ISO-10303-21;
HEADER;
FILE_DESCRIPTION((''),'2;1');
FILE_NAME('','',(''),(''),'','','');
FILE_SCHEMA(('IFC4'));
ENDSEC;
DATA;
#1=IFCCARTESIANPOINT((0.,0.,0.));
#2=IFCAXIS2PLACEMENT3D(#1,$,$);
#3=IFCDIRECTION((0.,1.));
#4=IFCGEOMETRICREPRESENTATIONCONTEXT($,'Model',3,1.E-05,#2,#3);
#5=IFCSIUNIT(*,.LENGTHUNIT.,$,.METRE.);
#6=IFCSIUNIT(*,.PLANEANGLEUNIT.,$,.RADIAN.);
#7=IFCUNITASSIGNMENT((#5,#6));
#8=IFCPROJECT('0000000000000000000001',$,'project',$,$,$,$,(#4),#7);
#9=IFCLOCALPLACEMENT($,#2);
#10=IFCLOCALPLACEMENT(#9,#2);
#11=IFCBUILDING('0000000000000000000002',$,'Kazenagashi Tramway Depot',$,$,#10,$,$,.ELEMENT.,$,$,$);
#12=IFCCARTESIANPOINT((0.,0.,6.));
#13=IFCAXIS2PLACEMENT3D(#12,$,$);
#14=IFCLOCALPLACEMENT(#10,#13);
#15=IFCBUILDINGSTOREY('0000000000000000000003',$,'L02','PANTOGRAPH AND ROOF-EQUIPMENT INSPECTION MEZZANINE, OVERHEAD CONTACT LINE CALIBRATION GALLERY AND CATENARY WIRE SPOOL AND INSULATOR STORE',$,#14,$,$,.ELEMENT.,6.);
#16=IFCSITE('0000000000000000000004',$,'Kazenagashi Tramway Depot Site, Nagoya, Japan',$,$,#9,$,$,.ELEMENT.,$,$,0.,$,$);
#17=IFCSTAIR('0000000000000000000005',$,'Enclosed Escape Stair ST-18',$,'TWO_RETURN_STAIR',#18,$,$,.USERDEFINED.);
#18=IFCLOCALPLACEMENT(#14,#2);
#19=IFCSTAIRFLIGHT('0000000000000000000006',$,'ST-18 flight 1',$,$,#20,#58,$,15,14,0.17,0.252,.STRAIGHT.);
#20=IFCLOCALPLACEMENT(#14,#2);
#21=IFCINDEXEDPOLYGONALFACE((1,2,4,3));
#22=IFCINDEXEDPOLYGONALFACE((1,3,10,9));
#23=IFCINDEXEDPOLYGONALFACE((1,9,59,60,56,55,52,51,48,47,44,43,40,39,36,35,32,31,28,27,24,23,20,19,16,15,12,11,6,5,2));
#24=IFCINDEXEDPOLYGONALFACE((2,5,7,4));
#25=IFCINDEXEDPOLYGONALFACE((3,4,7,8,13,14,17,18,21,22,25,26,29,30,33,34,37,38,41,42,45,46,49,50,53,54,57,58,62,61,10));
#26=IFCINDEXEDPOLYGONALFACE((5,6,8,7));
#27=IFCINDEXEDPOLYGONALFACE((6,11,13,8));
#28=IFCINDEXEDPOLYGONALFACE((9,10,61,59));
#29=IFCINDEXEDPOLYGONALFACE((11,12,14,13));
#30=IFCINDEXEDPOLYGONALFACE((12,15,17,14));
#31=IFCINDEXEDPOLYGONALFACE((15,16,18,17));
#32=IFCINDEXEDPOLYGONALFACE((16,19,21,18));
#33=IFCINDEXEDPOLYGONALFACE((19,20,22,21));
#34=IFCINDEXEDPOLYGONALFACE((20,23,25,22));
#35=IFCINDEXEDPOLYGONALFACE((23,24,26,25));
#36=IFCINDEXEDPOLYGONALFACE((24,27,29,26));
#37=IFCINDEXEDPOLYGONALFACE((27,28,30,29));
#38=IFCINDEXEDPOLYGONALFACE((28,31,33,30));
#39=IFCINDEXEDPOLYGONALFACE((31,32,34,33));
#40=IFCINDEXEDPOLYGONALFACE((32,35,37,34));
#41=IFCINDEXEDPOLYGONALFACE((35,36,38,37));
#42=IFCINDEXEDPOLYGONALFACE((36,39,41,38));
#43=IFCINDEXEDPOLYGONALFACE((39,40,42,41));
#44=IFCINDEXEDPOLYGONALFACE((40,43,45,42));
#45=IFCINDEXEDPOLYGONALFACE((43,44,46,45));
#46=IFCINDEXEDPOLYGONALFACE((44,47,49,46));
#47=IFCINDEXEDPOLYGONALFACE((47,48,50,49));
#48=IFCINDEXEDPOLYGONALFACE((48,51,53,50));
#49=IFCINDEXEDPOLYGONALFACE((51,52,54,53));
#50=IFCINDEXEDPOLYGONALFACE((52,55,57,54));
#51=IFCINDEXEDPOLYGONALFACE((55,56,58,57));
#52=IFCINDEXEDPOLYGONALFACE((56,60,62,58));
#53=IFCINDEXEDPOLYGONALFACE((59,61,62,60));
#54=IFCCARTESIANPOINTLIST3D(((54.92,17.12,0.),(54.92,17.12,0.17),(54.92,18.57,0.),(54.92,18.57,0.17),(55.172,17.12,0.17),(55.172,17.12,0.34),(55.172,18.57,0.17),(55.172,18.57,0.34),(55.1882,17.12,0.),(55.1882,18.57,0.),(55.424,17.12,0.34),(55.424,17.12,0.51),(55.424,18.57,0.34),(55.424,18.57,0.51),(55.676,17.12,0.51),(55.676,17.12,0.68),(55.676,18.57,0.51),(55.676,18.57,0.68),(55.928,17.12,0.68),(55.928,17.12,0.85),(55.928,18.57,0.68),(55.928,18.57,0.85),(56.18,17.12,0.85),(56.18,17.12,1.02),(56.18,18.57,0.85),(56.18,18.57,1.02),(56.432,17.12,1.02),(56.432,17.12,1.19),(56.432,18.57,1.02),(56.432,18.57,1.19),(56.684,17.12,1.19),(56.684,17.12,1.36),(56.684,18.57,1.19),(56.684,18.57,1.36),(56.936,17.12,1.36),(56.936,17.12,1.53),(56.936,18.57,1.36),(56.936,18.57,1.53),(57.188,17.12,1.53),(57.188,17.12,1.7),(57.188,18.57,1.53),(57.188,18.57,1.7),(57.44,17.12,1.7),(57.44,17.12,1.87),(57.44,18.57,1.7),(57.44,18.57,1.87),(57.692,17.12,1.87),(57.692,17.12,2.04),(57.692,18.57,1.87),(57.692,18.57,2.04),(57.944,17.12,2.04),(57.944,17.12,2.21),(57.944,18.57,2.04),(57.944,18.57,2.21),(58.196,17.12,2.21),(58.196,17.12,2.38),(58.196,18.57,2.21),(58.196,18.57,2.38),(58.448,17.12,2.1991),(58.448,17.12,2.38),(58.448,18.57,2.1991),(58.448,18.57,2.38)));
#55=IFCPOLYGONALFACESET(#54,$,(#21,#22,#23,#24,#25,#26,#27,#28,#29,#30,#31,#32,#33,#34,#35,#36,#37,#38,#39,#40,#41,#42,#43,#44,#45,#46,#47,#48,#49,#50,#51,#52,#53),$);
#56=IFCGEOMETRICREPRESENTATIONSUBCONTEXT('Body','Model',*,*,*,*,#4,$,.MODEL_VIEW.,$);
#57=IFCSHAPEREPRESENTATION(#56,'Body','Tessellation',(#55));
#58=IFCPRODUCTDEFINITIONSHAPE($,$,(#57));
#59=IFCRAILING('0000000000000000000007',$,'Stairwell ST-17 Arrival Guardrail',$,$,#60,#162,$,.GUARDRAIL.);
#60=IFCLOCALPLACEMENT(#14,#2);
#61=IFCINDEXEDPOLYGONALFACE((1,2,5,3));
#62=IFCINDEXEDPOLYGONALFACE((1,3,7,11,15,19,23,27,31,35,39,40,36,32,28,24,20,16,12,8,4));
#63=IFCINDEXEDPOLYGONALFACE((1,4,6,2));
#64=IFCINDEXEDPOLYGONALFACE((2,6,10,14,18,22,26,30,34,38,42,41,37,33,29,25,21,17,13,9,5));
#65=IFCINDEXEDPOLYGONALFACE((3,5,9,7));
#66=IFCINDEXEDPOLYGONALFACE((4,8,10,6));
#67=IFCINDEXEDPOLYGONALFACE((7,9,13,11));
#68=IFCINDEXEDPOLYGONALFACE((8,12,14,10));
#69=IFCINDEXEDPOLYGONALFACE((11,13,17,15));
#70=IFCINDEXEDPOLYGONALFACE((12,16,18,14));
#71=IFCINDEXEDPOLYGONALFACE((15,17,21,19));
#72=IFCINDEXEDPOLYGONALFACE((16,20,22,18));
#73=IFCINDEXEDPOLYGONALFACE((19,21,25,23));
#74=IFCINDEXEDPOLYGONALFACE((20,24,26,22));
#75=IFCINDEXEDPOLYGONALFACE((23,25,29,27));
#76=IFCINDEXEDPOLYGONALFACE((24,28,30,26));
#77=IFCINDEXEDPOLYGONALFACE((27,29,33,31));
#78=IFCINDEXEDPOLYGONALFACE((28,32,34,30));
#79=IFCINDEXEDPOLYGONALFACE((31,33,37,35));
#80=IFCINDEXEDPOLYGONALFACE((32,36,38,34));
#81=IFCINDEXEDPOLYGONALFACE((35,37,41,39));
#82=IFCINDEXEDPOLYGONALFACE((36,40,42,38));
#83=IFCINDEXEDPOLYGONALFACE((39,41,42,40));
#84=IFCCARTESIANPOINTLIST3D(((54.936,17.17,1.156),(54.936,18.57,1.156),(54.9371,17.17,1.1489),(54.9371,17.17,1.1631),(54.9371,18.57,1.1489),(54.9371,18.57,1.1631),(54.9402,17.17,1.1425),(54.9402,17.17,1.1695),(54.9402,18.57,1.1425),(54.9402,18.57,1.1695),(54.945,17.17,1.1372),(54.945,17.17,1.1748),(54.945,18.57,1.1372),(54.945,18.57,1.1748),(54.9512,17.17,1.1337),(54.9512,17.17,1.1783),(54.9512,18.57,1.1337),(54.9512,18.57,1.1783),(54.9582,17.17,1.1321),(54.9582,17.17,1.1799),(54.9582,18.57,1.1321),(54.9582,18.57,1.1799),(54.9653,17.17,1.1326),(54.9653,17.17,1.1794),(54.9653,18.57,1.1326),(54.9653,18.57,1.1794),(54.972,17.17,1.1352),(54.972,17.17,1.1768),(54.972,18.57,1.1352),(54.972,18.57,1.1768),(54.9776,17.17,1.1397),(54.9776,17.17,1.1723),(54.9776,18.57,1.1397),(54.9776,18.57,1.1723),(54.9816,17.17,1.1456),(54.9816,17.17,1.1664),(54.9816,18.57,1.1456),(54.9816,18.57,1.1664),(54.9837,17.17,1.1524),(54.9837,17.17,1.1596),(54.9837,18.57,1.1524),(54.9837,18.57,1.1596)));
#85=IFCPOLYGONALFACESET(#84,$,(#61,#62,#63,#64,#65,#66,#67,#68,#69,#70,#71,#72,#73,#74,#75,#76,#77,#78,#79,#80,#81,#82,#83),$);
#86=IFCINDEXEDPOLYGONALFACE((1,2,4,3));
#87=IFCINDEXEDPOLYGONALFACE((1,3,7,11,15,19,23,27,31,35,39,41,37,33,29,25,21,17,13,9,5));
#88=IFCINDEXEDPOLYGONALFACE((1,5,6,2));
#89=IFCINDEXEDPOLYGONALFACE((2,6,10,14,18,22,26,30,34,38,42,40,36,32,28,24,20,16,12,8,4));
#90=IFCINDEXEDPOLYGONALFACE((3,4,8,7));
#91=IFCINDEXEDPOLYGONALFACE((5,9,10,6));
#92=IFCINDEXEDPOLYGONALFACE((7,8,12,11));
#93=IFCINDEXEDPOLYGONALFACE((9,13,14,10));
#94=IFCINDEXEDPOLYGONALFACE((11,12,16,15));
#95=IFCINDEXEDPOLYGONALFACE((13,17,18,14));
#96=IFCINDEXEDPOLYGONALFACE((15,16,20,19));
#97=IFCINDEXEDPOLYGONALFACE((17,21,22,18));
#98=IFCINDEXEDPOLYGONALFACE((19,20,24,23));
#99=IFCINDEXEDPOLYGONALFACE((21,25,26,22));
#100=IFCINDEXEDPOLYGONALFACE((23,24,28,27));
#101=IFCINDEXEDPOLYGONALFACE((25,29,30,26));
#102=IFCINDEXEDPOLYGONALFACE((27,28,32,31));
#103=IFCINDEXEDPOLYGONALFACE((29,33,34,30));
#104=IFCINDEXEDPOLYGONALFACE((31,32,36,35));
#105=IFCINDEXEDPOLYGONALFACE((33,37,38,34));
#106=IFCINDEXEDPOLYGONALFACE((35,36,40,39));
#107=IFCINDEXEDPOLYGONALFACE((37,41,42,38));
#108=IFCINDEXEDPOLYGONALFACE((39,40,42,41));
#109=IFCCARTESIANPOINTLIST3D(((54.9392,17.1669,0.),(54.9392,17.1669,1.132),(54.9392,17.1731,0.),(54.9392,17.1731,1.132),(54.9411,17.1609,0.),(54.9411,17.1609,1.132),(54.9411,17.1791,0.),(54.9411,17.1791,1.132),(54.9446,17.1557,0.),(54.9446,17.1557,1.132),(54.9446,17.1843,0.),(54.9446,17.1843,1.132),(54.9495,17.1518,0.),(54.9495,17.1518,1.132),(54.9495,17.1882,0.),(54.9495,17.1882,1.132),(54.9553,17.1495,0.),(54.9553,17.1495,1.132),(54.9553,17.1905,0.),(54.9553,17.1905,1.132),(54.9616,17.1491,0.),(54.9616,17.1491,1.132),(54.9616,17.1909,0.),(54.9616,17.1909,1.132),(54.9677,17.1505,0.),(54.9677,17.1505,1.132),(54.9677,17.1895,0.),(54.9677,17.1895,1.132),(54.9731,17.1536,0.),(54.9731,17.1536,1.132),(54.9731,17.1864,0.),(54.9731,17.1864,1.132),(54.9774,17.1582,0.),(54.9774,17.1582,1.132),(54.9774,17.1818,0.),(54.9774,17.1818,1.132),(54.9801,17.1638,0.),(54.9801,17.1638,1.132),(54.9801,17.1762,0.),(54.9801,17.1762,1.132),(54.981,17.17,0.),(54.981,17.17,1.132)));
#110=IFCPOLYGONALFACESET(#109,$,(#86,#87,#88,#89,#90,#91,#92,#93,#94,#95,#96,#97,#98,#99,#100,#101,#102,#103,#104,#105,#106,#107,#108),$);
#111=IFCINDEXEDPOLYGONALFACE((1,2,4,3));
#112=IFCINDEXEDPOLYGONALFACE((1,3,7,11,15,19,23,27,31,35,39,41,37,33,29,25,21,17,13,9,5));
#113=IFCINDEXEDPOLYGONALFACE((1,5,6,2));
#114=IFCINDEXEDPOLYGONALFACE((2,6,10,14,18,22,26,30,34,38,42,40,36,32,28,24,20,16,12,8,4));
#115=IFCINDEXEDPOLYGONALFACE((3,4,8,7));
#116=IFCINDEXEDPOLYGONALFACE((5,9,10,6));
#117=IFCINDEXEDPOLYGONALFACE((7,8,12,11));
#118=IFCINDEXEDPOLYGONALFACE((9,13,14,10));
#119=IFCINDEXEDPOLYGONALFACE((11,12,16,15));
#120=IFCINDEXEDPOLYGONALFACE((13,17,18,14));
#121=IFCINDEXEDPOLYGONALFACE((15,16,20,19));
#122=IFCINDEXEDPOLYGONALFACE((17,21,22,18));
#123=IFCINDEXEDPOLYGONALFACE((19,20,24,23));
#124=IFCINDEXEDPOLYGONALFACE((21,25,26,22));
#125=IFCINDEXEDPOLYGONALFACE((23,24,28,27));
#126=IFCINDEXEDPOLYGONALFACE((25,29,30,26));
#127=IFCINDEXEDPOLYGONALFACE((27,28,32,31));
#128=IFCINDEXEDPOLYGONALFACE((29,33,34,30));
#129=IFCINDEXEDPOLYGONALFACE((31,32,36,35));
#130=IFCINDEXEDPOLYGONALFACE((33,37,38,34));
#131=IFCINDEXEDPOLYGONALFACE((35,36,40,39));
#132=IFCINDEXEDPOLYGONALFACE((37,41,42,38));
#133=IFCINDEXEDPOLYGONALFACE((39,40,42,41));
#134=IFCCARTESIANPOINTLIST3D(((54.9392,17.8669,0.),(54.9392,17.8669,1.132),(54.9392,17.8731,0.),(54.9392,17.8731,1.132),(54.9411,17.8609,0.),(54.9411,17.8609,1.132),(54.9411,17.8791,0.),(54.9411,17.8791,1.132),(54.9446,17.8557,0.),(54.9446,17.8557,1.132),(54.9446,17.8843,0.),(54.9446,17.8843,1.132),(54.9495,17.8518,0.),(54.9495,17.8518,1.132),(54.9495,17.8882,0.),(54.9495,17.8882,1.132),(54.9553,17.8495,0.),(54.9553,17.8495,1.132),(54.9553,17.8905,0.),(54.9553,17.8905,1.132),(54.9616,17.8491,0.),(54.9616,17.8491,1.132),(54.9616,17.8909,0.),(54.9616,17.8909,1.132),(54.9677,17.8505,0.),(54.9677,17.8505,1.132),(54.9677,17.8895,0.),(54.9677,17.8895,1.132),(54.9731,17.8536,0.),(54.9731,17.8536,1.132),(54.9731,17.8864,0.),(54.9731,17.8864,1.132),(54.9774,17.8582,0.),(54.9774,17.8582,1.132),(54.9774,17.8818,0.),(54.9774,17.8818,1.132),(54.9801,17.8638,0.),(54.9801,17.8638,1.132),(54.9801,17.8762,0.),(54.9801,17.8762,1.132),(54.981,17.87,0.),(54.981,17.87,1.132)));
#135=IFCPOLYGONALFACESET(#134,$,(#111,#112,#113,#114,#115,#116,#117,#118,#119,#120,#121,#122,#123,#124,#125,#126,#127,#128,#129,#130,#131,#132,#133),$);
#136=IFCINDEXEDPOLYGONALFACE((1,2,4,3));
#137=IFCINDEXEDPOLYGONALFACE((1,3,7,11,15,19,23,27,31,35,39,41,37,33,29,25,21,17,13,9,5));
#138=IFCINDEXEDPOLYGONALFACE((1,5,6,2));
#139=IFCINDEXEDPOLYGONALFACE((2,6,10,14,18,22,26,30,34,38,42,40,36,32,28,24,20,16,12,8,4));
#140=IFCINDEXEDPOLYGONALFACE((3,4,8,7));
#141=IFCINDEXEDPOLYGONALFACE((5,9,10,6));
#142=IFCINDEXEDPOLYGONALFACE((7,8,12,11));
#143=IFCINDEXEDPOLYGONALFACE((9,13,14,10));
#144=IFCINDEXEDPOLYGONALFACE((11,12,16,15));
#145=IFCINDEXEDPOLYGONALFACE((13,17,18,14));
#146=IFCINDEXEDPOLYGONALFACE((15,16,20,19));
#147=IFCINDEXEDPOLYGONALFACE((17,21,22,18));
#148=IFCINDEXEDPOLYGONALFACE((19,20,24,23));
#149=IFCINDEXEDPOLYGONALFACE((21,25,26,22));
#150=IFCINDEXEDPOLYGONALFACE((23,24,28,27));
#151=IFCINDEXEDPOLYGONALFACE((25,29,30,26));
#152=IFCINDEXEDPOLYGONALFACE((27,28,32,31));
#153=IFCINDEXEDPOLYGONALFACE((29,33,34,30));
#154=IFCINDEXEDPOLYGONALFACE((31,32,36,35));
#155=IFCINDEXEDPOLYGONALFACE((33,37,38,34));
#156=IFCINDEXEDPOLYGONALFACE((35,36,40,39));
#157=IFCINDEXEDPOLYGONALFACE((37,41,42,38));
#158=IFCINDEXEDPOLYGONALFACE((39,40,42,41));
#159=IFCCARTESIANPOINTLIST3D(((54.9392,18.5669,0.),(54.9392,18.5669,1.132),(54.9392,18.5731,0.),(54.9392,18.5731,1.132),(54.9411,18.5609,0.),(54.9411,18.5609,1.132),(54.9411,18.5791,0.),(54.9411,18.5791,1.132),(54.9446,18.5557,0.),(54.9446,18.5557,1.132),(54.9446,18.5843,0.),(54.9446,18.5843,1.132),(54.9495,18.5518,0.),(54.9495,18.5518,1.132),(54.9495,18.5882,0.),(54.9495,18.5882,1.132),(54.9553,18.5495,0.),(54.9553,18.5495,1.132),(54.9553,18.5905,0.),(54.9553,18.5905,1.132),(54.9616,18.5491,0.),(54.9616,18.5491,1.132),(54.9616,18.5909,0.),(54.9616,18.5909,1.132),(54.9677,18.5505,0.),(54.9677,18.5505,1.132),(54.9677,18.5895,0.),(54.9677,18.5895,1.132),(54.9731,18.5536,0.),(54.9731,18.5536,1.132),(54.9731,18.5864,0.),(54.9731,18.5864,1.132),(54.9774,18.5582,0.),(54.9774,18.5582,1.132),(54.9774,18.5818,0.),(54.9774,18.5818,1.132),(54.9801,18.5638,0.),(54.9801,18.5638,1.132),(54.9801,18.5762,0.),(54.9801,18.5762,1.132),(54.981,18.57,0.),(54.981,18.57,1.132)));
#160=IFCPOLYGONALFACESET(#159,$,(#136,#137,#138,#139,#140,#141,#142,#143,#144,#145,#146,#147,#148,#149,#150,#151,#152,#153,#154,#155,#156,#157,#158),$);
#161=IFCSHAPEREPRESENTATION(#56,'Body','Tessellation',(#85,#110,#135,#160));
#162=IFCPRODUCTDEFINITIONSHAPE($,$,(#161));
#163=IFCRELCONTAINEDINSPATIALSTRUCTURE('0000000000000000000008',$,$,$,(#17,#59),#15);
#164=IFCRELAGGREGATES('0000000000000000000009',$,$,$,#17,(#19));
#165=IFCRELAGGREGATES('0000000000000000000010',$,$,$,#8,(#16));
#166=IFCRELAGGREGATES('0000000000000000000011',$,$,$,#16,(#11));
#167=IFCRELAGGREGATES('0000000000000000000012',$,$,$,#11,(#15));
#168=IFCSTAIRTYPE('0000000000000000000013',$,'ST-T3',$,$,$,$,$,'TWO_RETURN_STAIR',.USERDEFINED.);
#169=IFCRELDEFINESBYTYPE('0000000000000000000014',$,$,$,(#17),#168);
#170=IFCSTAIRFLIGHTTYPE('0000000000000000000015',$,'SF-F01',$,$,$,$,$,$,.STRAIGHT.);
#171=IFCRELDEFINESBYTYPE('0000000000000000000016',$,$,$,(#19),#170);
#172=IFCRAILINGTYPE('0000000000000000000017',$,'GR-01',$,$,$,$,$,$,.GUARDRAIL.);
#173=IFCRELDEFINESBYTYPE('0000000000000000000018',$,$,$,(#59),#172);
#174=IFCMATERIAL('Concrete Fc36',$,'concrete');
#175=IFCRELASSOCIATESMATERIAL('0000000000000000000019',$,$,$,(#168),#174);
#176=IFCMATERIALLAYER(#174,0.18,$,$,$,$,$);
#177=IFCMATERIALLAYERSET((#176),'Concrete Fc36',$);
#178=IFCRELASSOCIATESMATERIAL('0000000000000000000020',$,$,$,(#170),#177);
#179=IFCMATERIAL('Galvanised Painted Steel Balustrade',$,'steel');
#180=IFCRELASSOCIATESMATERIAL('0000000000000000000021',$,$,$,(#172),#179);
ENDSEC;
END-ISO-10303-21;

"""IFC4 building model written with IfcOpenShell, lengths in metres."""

from ifc_helpers import new_model, si_unit, direction, frame, origin, origin_2d, place, context, subcontext, project, spatial, polyline, circle, outline, extrude, material, layer, layer_set, type_object, element, aggregate, save


model = new_model("IFC4")

# Units and contexts
model_context = context("Model", 3, precision=1e-05, world=origin(), true_north=direction((0.0, 1.0)))
body_context = subcontext(model_context, "Body", "Model", "MODEL_VIEW")
ifc_project = project(units=[si_unit("LENGTHUNIT", "METRE"), si_unit("PLANEANGLEUNIT", "RADIAN")], contexts=[model_context])

# Site, building, storey
site_placement = place(None, origin())
site = spatial("IfcSite", under=ifc_project, at=site_placement, Name="Kazenagashi Tramway Depot Site, Nagoya, Japan", CompositionType="ELEMENT", RefElevation=0.0)
building_placement = place(site_placement, origin())
building = spatial("IfcBuilding", under=site, at=building_placement, Name="Kazenagashi Tramway Depot", CompositionType="ELEMENT")
storey_placement = place(building_placement, frame((0.0, 0.0, 6.0)))
storey = spatial("IfcBuildingStorey", under=building, at=storey_placement, Name="L02", Description="PANTOGRAPH AND ROOF-EQUIPMENT INSPECTION MEZZANINE, OVERHEAD CONTACT LINE CALIBRATION GALLERY AND CATENARY WIRE SPOOL AND INSULATOR STORE", CompositionType="ELEMENT", Elevation=6.0)

# Shared definitions
ifc_material_1 = material(Name="Concrete Fc36", Category="concrete")

# Stair, stair flight
stair_type = type_object("IfcStairType", Name="ST-T3", ElementType="TWO_RETURN_STAIR", PredefinedType="USERDEFINED", material=ifc_material_1)
stair_placement = place(storey_placement, origin())
stair = element("IfcStair", 1, at=stair_placement, inside=storey, type_object=stair_type, Name="Enclosed Escape Stair ST-18", ObjectType="TWO_RETURN_STAIR", PredefinedType="USERDEFINED")
ifc_layer_1 = layer(ifc_material_1, 0.18)
ifc_layer_set_1 = layer_set([ifc_layer_1], Name="Concrete Fc36")
stair_flight_type = type_object("IfcStairFlightType", Name="SF-F01", PredefinedType="STRAIGHT", material=ifc_layer_set_1)
stair_flight_placement = place(storey_placement, frame((54.92, 17.845, 0.0), z_axis=(0.0, 0.0, 1.0), x_axis=(1.0, 0.0, 0.0)))
stair_flight = element("IfcStairFlight", 2, at=stair_flight_placement, type_object=stair_flight_type, Name="ST-18 flight 1", NumberOfRisers=15, NumberOfTreads=14, PredefinedType="STRAIGHT", RiserHeight=0.17, TreadLength=0.252, context=body_context, shape_type="SweptSolid", body=[
    extrude(outline(polyline([(0.0, 0.0), (0.0, 0.17), (0.252, 0.17), (0.252, 0.34), (0.504, 0.34), (0.504, 0.51), (0.756, 0.51), (0.756, 0.68), (1.008, 0.68), (1.008, 0.85), (1.26, 0.85), (1.26, 1.02), (1.512, 1.02), (1.512, 1.19), (1.764, 1.19), (1.764, 1.36), (2.016, 1.36), (2.016, 1.53), (2.268, 1.53), (2.268, 1.7), (2.52, 1.7), (2.52, 1.87), (2.772, 1.87), (2.772, 2.04), (3.024, 2.04), (3.024, 2.21), (3.276, 2.21), (3.276, 2.38), (3.528, 2.38), (3.528, 2.55), (3.528, 2.1991), (0.2682, 0.0), (0.0, 0.0)])), frame((0.0, 0.725, 0.0), z_axis=(0.0, -1.0, 0.0), x_axis=(1.0, 0.0, 0.0)), (0.0, 0.0, 1.0), 1.45),
])
aggregate(stair, [stair_flight])

# Railing
ifc_material_2 = material(Name="Galvanised Painted Steel Balustrade", Category="steel")
railing_type_1 = type_object("IfcRailingType", Name="GR-01", PredefinedType="GUARDRAIL", material=ifc_material_2)
railing_1_placement = place(storey_placement, frame((54.96, 17.17, 0.0)))
element("IfcRailing", 3, at=railing_1_placement, inside=storey, type_object=railing_type_1, Name="Stairwell ST-17 Arrival Guardrail", PredefinedType="GUARDRAIL", context=body_context, shape_type="SweptSolid", body=[
    extrude(circle(Radius=0.024, at=origin_2d()), frame((0.0, 0.0, 1.156), z_axis=(0.0, 1.0, 0.0), x_axis=(-1.0, 0.0, 0.0)), (0.0, 0.0, 1.0), 1.4),
    extrude(circle(Radius=0.021, at=origin_2d()), origin(), (0.0, 0.0, 1.0), 1.132),
    extrude(circle(Radius=0.021, at=origin_2d()), frame((0.0, 0.7, 0.0)), (0.0, 0.0, 1.0), 1.132),
    extrude(circle(Radius=0.021, at=origin_2d()), frame((0.0, 1.4, 0.0)), (0.0, 0.0, 1.0), 1.132),
])

save(model, "model.ifc")
